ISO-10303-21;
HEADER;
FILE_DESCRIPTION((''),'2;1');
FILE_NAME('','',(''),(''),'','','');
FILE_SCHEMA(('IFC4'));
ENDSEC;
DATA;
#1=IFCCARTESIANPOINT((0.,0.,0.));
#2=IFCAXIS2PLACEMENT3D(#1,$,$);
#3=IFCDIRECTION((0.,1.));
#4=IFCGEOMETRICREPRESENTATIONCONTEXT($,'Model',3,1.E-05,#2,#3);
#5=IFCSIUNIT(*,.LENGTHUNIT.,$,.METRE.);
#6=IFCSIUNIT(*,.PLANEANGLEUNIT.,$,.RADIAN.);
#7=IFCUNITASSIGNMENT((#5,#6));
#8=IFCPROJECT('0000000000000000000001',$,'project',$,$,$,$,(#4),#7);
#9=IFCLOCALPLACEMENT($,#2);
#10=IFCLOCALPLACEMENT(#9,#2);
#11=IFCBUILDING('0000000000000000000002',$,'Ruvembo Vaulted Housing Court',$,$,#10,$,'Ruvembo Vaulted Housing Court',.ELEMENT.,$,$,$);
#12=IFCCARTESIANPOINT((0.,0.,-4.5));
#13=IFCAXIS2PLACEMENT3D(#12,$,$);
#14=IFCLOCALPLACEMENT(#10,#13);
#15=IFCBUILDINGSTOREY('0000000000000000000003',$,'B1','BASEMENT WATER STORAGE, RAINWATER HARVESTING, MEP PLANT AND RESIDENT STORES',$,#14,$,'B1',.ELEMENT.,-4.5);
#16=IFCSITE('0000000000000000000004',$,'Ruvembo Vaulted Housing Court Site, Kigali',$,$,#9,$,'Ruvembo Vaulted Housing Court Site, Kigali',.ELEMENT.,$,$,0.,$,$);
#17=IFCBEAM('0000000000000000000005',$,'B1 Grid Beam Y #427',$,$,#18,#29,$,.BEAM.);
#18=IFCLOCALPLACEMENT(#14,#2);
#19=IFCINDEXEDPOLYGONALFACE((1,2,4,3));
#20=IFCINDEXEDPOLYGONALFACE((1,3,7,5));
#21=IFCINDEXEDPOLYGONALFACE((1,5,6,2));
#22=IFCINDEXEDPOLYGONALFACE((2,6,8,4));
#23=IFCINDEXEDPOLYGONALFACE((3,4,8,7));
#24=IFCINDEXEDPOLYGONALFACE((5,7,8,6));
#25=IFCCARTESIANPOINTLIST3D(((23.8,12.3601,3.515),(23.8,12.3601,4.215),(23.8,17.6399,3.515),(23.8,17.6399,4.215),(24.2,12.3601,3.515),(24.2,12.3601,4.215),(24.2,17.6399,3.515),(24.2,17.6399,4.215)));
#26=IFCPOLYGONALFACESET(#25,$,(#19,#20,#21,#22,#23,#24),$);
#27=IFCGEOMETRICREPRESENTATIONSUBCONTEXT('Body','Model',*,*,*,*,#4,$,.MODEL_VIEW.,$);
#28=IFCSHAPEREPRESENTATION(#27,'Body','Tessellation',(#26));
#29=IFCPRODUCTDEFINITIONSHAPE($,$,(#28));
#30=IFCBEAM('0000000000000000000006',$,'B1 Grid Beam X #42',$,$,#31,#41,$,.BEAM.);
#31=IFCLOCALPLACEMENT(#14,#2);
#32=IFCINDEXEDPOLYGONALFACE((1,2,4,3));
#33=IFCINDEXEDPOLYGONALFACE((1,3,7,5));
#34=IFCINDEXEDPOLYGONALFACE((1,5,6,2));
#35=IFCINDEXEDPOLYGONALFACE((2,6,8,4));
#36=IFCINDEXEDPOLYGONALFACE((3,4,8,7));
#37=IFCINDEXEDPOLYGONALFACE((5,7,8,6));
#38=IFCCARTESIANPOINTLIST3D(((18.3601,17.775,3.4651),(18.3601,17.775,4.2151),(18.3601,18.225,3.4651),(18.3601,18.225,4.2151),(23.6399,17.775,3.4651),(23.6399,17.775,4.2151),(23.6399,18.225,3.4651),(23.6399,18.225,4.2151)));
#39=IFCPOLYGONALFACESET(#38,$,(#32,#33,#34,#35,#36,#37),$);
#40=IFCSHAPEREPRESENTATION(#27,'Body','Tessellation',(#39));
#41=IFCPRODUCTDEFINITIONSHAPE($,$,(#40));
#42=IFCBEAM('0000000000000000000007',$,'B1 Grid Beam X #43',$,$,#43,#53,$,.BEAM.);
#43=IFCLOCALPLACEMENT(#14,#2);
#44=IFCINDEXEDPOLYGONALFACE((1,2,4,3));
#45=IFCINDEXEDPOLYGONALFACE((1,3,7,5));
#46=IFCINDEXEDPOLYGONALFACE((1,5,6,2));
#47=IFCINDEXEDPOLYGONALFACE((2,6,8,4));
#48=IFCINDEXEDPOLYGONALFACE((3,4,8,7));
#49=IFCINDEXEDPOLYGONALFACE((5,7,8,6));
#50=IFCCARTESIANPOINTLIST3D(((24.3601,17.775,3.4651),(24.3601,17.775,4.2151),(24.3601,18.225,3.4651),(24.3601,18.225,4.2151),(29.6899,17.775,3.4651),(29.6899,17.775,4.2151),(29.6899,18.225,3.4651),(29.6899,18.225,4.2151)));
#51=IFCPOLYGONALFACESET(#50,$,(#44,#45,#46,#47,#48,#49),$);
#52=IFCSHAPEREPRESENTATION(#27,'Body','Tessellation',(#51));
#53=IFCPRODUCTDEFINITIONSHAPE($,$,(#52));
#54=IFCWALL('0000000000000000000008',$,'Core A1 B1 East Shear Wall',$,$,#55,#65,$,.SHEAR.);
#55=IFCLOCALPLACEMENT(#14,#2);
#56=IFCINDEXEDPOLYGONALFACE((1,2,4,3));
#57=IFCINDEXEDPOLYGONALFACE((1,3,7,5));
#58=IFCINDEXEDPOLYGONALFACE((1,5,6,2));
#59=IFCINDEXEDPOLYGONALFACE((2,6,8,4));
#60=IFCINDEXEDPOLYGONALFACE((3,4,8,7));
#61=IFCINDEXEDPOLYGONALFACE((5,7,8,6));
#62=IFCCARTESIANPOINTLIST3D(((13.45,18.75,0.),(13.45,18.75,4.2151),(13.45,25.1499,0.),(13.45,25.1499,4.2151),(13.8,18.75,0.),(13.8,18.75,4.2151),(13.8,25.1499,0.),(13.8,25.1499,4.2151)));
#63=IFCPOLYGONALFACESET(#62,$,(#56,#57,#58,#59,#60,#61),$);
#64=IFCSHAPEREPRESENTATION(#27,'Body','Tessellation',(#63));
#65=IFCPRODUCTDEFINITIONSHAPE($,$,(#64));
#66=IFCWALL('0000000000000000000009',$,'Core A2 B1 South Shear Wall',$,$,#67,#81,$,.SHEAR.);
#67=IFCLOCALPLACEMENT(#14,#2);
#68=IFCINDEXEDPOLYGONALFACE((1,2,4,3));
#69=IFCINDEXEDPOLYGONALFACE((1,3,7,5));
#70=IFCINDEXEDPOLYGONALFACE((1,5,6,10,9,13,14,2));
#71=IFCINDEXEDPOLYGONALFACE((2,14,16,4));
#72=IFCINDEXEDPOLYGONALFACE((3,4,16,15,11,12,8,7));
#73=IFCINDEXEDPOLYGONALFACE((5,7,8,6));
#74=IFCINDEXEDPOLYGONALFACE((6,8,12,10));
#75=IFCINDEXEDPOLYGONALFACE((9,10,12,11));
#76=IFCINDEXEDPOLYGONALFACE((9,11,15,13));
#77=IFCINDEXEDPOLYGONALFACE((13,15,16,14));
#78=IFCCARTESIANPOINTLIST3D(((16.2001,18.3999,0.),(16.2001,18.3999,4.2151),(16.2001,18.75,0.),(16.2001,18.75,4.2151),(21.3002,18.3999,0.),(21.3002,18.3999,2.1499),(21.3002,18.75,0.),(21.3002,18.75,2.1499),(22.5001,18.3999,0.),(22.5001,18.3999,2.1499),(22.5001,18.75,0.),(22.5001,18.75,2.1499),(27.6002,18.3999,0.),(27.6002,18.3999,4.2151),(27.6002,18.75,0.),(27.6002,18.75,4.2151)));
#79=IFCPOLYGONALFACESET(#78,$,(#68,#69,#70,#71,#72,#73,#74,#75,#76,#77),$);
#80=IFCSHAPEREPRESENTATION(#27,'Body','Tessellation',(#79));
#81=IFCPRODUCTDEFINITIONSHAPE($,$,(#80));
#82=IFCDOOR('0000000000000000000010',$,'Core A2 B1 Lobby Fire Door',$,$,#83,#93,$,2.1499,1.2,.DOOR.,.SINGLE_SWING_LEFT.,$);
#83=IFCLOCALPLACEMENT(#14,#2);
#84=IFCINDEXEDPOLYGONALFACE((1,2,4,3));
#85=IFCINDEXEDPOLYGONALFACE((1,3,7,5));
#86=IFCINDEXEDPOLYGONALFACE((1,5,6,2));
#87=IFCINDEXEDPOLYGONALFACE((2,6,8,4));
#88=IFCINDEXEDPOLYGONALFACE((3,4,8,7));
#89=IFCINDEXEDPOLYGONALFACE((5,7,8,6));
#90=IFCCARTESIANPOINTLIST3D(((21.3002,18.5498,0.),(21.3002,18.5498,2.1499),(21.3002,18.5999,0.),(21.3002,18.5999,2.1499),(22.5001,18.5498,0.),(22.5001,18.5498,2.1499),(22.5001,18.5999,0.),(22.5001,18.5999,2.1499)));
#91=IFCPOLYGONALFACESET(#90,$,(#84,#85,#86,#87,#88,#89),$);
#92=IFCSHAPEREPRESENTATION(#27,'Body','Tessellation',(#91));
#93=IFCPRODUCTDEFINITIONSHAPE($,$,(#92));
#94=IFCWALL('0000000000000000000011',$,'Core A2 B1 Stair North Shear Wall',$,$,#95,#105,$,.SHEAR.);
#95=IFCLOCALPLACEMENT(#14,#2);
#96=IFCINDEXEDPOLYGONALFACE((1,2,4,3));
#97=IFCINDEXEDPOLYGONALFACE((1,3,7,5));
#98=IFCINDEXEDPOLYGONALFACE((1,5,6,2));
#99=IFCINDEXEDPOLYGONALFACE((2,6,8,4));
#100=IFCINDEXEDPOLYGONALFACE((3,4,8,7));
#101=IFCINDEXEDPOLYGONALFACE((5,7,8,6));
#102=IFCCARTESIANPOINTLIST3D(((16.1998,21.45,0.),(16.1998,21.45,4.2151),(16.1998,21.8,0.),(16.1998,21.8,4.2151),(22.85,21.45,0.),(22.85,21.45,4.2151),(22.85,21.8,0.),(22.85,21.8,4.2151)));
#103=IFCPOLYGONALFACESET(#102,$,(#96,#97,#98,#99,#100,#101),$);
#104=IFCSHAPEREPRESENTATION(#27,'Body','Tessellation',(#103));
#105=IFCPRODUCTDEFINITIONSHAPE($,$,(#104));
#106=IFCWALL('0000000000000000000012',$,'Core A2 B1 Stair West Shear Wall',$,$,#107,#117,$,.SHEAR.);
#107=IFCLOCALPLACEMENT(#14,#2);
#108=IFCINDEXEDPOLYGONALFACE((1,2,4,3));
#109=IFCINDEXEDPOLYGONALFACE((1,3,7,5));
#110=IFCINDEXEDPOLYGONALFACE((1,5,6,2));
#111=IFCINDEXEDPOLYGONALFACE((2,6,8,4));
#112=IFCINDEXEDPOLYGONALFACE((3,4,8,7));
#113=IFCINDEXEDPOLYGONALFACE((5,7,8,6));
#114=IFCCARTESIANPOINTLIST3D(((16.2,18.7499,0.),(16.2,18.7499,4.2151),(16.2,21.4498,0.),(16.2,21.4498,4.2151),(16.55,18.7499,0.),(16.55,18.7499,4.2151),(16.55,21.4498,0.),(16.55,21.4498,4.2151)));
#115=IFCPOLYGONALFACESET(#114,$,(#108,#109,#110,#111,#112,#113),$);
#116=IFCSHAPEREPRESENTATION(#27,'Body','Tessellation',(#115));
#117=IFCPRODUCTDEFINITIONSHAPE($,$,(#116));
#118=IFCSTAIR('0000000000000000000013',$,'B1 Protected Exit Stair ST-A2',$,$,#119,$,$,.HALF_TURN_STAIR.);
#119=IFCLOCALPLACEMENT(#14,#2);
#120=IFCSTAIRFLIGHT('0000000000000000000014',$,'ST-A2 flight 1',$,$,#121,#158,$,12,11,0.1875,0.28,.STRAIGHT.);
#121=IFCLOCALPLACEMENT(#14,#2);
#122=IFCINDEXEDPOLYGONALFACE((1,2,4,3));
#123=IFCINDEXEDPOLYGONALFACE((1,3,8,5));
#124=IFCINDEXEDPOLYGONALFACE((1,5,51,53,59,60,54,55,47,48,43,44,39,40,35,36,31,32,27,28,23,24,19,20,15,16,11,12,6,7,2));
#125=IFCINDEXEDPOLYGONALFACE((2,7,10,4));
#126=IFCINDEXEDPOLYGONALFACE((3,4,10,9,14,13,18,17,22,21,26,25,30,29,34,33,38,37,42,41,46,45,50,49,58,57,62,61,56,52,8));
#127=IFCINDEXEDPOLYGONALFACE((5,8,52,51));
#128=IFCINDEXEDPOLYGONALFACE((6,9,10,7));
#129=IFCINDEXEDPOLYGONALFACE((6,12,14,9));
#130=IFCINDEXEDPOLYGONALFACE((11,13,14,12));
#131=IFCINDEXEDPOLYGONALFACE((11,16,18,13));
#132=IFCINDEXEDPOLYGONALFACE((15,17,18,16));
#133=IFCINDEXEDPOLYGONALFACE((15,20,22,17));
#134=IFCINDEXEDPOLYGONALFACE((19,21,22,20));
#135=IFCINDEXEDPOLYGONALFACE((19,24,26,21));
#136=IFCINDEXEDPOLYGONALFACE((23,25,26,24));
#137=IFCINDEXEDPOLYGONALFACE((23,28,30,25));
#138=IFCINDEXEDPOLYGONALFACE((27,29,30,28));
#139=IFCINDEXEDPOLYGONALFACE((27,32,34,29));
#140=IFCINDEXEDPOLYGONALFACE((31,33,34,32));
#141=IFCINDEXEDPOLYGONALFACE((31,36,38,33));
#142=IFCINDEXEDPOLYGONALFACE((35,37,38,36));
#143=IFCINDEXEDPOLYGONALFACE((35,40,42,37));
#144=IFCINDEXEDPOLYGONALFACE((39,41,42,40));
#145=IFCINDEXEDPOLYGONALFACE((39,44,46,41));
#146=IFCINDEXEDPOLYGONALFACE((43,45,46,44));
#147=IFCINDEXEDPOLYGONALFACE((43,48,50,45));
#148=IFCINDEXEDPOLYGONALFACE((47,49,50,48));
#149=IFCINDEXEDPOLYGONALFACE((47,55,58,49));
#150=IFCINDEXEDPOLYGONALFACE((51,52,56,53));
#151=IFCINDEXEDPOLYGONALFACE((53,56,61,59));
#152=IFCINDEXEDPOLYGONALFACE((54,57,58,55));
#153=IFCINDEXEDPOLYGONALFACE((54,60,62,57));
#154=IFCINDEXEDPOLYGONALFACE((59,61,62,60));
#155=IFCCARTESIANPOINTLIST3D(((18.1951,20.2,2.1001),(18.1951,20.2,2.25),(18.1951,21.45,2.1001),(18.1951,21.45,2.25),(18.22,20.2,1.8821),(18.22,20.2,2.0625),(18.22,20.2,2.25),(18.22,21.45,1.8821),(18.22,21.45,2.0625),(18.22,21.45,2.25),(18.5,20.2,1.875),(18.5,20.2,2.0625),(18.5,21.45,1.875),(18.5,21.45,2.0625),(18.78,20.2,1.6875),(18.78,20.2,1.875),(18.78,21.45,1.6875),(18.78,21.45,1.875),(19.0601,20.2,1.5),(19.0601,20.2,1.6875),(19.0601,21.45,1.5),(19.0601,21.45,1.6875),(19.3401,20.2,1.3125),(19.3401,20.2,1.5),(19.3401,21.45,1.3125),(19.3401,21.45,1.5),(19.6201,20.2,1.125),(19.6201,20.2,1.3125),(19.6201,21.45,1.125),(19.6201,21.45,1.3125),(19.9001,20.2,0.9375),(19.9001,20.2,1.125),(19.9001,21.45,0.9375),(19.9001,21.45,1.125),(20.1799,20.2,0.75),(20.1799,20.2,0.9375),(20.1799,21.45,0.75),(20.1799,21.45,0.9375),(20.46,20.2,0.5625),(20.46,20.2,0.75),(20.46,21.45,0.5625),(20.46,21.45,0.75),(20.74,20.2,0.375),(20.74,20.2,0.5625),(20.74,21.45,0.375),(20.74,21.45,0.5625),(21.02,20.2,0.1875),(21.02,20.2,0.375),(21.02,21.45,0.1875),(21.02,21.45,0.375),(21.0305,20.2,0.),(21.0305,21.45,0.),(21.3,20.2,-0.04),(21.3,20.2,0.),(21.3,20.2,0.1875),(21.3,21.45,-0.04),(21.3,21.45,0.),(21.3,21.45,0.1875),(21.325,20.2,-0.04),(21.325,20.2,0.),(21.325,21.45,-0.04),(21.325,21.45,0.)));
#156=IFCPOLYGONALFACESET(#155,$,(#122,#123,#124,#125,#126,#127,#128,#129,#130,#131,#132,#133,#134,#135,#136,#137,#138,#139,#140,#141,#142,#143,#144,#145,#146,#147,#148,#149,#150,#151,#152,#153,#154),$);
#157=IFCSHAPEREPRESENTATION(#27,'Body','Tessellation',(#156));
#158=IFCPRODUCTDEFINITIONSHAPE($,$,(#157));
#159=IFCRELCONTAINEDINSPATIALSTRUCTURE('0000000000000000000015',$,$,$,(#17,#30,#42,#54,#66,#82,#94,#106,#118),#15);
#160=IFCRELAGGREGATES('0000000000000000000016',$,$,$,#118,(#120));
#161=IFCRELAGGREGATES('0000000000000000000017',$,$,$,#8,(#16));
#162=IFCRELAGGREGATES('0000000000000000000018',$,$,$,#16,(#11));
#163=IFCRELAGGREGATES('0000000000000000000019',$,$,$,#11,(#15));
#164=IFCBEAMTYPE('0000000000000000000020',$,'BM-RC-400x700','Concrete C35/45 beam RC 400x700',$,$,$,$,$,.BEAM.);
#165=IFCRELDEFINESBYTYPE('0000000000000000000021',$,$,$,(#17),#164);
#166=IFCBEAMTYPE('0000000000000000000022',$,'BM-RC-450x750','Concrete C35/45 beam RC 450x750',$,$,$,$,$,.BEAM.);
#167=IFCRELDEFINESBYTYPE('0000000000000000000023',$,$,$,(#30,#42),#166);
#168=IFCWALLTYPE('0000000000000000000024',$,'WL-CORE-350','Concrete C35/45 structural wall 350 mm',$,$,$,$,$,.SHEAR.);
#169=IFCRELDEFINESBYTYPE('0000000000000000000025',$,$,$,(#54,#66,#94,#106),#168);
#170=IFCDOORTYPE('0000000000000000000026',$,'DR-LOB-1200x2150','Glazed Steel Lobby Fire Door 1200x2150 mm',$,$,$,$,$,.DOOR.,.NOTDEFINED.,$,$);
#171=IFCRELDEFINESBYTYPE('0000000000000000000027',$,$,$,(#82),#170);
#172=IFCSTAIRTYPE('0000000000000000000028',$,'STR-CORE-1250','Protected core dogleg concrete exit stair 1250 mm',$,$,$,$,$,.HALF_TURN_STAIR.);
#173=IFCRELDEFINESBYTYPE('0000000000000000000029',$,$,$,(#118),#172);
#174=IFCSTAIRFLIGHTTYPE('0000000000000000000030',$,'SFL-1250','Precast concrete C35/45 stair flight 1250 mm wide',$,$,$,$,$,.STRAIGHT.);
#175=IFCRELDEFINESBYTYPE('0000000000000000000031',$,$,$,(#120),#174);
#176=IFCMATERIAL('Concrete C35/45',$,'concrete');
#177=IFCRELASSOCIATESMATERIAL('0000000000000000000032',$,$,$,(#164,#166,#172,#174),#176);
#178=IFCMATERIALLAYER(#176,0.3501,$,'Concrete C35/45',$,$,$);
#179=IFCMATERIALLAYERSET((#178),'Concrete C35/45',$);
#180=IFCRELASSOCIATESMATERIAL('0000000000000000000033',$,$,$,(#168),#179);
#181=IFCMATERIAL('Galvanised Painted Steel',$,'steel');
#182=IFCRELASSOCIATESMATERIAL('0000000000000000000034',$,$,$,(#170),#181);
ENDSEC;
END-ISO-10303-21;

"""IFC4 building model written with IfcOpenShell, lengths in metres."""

from ifc_helpers import new_model, si_unit, direction, frame, frame_2d, origin, origin_2d, place, context, subcontext, project, spatial, polyline, rectangle, outline, extrude, material, layer, layer_set, material_profile, profile_set, type_object, element, fill, aggregate, save


model = new_model("IFC4")

# Units and contexts
model_context = context("Model", 3, precision=1e-05, world=origin(), true_north=direction((0.0, 1.0)))
body_context = subcontext(model_context, "Body", "Model", "MODEL_VIEW")
ifc_project = project(units=[si_unit("LENGTHUNIT", "METRE"), si_unit("PLANEANGLEUNIT", "RADIAN")], contexts=[model_context])

# Site, building, storey
site_placement = place(None, origin())
site = spatial("IfcSite", under=ifc_project, at=site_placement, Name="Ruvembo Vaulted Housing Court Site, Kigali", LongName="Ruvembo Vaulted Housing Court Site, Kigali", CompositionType="ELEMENT", RefElevation=0.0)
building_placement = place(site_placement, origin())
building = spatial("IfcBuilding", under=site, at=building_placement, Name="Ruvembo Vaulted Housing Court", LongName="Ruvembo Vaulted Housing Court", CompositionType="ELEMENT")
storey_placement = place(building_placement, frame((0.0, 0.0, -4.5)))
storey = spatial("IfcBuildingStorey", under=building, at=storey_placement, Name="B1", Description="BASEMENT WATER STORAGE, RAINWATER HARVESTING, MEP PLANT AND RESIDENT STORES", LongName="B1", CompositionType="ELEMENT", Elevation=-4.5)

# Beams
ifc_material_1 = material(Name="Concrete C35/45", Category="concrete")
ifc_material_profile_1 = material_profile(ifc_material_1, rectangle(XDim=0.3999, YDim=0.7, at=origin_2d()), Name="RC 400x700")
ifc_profile_set_1 = profile_set([ifc_material_profile_1], Name="Concrete C35/45")
beam_type_1 = type_object("IfcBeamType", Name="BM-RC-400x700", Description="Concrete C35/45 beam RC 400x700", PredefinedType="BEAM", material=ifc_profile_set_1)
beam_1_placement = place(storey_placement, frame((24.0, 12.3601, 3.865), z_axis=(0.0, 1.0, 0.0), x_axis=(-1.0, 0.0, 0.0)))
element("IfcBeam", 1, at=beam_1_placement, inside=storey, type_object=beam_type_1, Name="B1 Grid Beam Y #427", PredefinedType="BEAM", context=body_context, shape_type="SweptSolid", body=[
    extrude(rectangle(XDim=0.3999, YDim=0.7, at=origin_2d()), origin(), (0.0, 0.0, 1.0), 5.2798),
])
ifc_material_profile_2 = material_profile(ifc_material_1, rectangle(XDim=0.45, YDim=0.75, at=origin_2d()), Name="RC 450x750")
ifc_profile_set_2 = profile_set([ifc_material_profile_2], Name="Concrete C35/45")
beam_type_2 = type_object("IfcBeamType", Name="BM-RC-450x750", Description="Concrete C35/45 beam RC 450x750", PredefinedType="BEAM", material=ifc_profile_set_2)
beam_2_placement = place(storey_placement, frame((18.3601, 18.0, 3.8401), z_axis=(1.0, 0.0, 0.0), x_axis=(0.0, 1.0, 0.0)))
element("IfcBeam", 2, at=beam_2_placement, inside=storey, type_object=beam_type_2, Name="B1 Grid Beam X #42", PredefinedType="BEAM", context=body_context, shape_type="SweptSolid", body=[
    extrude(rectangle(XDim=0.45, YDim=0.75, at=origin_2d()), origin(), (0.0, 0.0, 1.0), 5.2798),
])
beam_3_placement = place(storey_placement, frame((24.3601, 18.0, 3.8401), z_axis=(1.0, 0.0, 0.0), x_axis=(0.0, 1.0, 0.0)))
element("IfcBeam", 3, at=beam_3_placement, inside=storey, type_object=beam_type_2, Name="B1 Grid Beam X #43", PredefinedType="BEAM", context=body_context, shape_type="SweptSolid", body=[
    extrude(rectangle(XDim=0.45, YDim=0.75, at=origin_2d()), origin(), (0.0, 0.0, 1.0), 5.3298),
])

# Shared definitions
ifc_material_2 = material(Name="Galvanised Painted Steel", Category="steel")

# Wall
ifc_layer_1 = layer(ifc_material_1, 0.3501, Name="Concrete C35/45")
ifc_layer_set_1 = layer_set([ifc_layer_1], Name="Concrete C35/45")
wall_type_1 = type_object("IfcWallType", Name="WL-CORE-350", Description="Concrete C35/45 structural wall 350 mm", PredefinedType="SHEAR", material=ifc_layer_set_1)
wall_1_placement = place(storey_placement, frame((13.625, 18.75, 0.0), z_axis=(0.0, 0.0, 1.0), x_axis=(0.0, 1.0, 0.0)))
element("IfcWall", 4, at=wall_1_placement, inside=storey, type_object=wall_type_1, Name="Core A1 B1 East Shear Wall", PredefinedType="SHEAR", context=body_context, shape_type="SweptSolid", body=[
    extrude(rectangle(XDim=6.3999, YDim=0.3501, at=frame_2d((3.2, 0.0))), origin(), (0.0, 0.0, 1.0), 4.2151),
])

# Wall, opening, door
wall_2_placement = place(storey_placement, frame((16.2, 18.575, 0.0), z_axis=(0.0, 0.0, 1.0), x_axis=(1.0, 0.0, 0.0)))
wall_2 = element("IfcWall", 5, at=wall_2_placement, inside=storey, type_object=wall_type_1, Name="Core A2 B1 South Shear Wall", PredefinedType="SHEAR", context=body_context, shape_type="SweptSolid", body=[
    extrude(rectangle(XDim=11.4001, YDim=0.3501, at=frame_2d((5.7002, 0.0))), origin(), (0.0, 0.0, 1.0), 4.2151),
])
opening_1_placement = place(wall_2_placement, frame((5.1001, 0.0, 0.0)))
opening_1 = element("IfcOpeningElement", 6, at=opening_1_placement, cuts=wall_2, PredefinedType="OPENING", context=body_context, shape_type="SweptSolid", body=[
    extrude(rectangle(XDim=1.2, YDim=2.1499, at=frame_2d((0.6001, 1.075))), frame((0.0, 0.1851, 0.0), z_axis=(0.0, -1.0, 0.0), x_axis=(1.0, 0.0, 0.0)), (0.0, 0.0, 1.0), 0.3701),
])
door_type_1 = type_object("IfcDoorType", Name="DR-LOB-1200x2150", Description="Glazed Steel Lobby Fire Door 1200x2150 mm", OperationType="NOTDEFINED", PredefinedType="DOOR", material=ifc_material_2)
door_1_placement = place(opening_1_placement, origin())
door_1 = element("IfcDoor", 7, at=door_1_placement, inside=storey, type_object=door_type_1, Name="Core A2 B1 Lobby Fire Door", OperationType="SINGLE_SWING_LEFT", OverallHeight=2.1499, OverallWidth=1.2, PredefinedType="DOOR", context=body_context, shape_type="SweptSolid", body=[
    extrude(rectangle(XDim=1.2, YDim=2.1499, at=frame_2d((0.6001, 1.075))), frame((0.0, 0.0249, 0.0), z_axis=(0.0, -1.0, 0.0), x_axis=(1.0, 0.0, 0.0)), (0.0, 0.0, 1.0), 0.05),
])
fill(opening_1, door_1)

# Walls
wall_3_placement = place(storey_placement, frame((22.8501, 21.625, 0.0), z_axis=(0.0, 0.0, 1.0), x_axis=(-1.0, 0.0, 0.0)))
element("IfcWall", 8, at=wall_3_placement, inside=storey, type_object=wall_type_1, Name="Core A2 B1 Stair North Shear Wall", PredefinedType="SHEAR", context=body_context, shape_type="SweptSolid", body=[
    extrude(rectangle(XDim=6.6501, YDim=0.3501, at=frame_2d((3.3252, 0.0))), origin(), (0.0, 0.0, 1.0), 4.2151),
])
wall_4_placement = place(storey_placement, frame((16.375, 21.45, 0.0), z_axis=(0.0, 0.0, 1.0), x_axis=(0.0, -1.0, 0.0)))
element("IfcWall", 9, at=wall_4_placement, inside=storey, type_object=wall_type_1, Name="Core A2 B1 Stair West Shear Wall", PredefinedType="SHEAR", context=body_context, shape_type="SweptSolid", body=[
    extrude(rectangle(XDim=2.7, YDim=0.3501, at=frame_2d((1.3501, 0.0))), origin(), (0.0, 0.0, 1.0), 4.2151),
])

# Stair, stair flight
stair_type = type_object("IfcStairType", Name="STR-CORE-1250", Description="Protected core dogleg concrete exit stair 1250 mm", PredefinedType="HALF_TURN_STAIR", material=ifc_material_1)
stair_placement = place(storey_placement, origin())
stair = element("IfcStair", 10, at=stair_placement, inside=storey, type_object=stair_type, Name="B1 Protected Exit Stair ST-A2", PredefinedType="HALF_TURN_STAIR")
stair_flight_type = type_object("IfcStairFlightType", Name="SFL-1250", Description="Precast concrete C35/45 stair flight 1250 mm wide", PredefinedType="STRAIGHT", material=ifc_material_1)
stair_flight_1_placement = place(storey_placement, frame((21.3, 20.825, 0.0), z_axis=(0.0, 0.0, 1.0), x_axis=(-1.0, 0.0, 0.0)))
stair_flight_1 = element("IfcStairFlight", 11, at=stair_flight_1_placement, type_object=stair_flight_type, Name="ST-A2 flight 1", NumberOfRisers=12, NumberOfTreads=11, PredefinedType="STRAIGHT", RiserHeight=0.1875, TreadLength=0.28, context=body_context, shape_type="SweptSolid", body=[
    extrude(outline(polyline([(-0.0249, -0.04), (-0.0249, 0.0), (0.0, 0.0), (0.0, 0.1875), (0.28, 0.1875), (0.28, 0.375), (0.5601, 0.375), (0.5601, 0.5625), (0.8401, 0.5625), (0.8401, 0.75), (1.1201, 0.75), (1.1201, 0.9375), (1.3999, 0.9375), (1.3999, 1.125), (1.6799, 1.125), (1.6799, 1.3125), (1.96, 1.3125), (1.96, 1.5), (2.24, 1.5), (2.24, 1.6875), (2.52, 1.6875), (2.52, 1.875), (2.8, 1.875), (2.8, 2.0625), (3.0801, 2.0625), (3.0801, 2.25), (3.105, 2.25), (3.105, 2.1001), (3.0801, 1.8821), (0.2695, 0.0), (0.0, -0.04), (-0.0249, -0.04)])), frame((0.0, 0.625, 0.0), z_axis=(0.0, -1.0, 0.0), x_axis=(1.0, 0.0, 0.0)), (0.0, 0.0, 1.0), 1.25),
])
aggregate(stair, [stair_flight_1])

save(model, "model.ifc")
